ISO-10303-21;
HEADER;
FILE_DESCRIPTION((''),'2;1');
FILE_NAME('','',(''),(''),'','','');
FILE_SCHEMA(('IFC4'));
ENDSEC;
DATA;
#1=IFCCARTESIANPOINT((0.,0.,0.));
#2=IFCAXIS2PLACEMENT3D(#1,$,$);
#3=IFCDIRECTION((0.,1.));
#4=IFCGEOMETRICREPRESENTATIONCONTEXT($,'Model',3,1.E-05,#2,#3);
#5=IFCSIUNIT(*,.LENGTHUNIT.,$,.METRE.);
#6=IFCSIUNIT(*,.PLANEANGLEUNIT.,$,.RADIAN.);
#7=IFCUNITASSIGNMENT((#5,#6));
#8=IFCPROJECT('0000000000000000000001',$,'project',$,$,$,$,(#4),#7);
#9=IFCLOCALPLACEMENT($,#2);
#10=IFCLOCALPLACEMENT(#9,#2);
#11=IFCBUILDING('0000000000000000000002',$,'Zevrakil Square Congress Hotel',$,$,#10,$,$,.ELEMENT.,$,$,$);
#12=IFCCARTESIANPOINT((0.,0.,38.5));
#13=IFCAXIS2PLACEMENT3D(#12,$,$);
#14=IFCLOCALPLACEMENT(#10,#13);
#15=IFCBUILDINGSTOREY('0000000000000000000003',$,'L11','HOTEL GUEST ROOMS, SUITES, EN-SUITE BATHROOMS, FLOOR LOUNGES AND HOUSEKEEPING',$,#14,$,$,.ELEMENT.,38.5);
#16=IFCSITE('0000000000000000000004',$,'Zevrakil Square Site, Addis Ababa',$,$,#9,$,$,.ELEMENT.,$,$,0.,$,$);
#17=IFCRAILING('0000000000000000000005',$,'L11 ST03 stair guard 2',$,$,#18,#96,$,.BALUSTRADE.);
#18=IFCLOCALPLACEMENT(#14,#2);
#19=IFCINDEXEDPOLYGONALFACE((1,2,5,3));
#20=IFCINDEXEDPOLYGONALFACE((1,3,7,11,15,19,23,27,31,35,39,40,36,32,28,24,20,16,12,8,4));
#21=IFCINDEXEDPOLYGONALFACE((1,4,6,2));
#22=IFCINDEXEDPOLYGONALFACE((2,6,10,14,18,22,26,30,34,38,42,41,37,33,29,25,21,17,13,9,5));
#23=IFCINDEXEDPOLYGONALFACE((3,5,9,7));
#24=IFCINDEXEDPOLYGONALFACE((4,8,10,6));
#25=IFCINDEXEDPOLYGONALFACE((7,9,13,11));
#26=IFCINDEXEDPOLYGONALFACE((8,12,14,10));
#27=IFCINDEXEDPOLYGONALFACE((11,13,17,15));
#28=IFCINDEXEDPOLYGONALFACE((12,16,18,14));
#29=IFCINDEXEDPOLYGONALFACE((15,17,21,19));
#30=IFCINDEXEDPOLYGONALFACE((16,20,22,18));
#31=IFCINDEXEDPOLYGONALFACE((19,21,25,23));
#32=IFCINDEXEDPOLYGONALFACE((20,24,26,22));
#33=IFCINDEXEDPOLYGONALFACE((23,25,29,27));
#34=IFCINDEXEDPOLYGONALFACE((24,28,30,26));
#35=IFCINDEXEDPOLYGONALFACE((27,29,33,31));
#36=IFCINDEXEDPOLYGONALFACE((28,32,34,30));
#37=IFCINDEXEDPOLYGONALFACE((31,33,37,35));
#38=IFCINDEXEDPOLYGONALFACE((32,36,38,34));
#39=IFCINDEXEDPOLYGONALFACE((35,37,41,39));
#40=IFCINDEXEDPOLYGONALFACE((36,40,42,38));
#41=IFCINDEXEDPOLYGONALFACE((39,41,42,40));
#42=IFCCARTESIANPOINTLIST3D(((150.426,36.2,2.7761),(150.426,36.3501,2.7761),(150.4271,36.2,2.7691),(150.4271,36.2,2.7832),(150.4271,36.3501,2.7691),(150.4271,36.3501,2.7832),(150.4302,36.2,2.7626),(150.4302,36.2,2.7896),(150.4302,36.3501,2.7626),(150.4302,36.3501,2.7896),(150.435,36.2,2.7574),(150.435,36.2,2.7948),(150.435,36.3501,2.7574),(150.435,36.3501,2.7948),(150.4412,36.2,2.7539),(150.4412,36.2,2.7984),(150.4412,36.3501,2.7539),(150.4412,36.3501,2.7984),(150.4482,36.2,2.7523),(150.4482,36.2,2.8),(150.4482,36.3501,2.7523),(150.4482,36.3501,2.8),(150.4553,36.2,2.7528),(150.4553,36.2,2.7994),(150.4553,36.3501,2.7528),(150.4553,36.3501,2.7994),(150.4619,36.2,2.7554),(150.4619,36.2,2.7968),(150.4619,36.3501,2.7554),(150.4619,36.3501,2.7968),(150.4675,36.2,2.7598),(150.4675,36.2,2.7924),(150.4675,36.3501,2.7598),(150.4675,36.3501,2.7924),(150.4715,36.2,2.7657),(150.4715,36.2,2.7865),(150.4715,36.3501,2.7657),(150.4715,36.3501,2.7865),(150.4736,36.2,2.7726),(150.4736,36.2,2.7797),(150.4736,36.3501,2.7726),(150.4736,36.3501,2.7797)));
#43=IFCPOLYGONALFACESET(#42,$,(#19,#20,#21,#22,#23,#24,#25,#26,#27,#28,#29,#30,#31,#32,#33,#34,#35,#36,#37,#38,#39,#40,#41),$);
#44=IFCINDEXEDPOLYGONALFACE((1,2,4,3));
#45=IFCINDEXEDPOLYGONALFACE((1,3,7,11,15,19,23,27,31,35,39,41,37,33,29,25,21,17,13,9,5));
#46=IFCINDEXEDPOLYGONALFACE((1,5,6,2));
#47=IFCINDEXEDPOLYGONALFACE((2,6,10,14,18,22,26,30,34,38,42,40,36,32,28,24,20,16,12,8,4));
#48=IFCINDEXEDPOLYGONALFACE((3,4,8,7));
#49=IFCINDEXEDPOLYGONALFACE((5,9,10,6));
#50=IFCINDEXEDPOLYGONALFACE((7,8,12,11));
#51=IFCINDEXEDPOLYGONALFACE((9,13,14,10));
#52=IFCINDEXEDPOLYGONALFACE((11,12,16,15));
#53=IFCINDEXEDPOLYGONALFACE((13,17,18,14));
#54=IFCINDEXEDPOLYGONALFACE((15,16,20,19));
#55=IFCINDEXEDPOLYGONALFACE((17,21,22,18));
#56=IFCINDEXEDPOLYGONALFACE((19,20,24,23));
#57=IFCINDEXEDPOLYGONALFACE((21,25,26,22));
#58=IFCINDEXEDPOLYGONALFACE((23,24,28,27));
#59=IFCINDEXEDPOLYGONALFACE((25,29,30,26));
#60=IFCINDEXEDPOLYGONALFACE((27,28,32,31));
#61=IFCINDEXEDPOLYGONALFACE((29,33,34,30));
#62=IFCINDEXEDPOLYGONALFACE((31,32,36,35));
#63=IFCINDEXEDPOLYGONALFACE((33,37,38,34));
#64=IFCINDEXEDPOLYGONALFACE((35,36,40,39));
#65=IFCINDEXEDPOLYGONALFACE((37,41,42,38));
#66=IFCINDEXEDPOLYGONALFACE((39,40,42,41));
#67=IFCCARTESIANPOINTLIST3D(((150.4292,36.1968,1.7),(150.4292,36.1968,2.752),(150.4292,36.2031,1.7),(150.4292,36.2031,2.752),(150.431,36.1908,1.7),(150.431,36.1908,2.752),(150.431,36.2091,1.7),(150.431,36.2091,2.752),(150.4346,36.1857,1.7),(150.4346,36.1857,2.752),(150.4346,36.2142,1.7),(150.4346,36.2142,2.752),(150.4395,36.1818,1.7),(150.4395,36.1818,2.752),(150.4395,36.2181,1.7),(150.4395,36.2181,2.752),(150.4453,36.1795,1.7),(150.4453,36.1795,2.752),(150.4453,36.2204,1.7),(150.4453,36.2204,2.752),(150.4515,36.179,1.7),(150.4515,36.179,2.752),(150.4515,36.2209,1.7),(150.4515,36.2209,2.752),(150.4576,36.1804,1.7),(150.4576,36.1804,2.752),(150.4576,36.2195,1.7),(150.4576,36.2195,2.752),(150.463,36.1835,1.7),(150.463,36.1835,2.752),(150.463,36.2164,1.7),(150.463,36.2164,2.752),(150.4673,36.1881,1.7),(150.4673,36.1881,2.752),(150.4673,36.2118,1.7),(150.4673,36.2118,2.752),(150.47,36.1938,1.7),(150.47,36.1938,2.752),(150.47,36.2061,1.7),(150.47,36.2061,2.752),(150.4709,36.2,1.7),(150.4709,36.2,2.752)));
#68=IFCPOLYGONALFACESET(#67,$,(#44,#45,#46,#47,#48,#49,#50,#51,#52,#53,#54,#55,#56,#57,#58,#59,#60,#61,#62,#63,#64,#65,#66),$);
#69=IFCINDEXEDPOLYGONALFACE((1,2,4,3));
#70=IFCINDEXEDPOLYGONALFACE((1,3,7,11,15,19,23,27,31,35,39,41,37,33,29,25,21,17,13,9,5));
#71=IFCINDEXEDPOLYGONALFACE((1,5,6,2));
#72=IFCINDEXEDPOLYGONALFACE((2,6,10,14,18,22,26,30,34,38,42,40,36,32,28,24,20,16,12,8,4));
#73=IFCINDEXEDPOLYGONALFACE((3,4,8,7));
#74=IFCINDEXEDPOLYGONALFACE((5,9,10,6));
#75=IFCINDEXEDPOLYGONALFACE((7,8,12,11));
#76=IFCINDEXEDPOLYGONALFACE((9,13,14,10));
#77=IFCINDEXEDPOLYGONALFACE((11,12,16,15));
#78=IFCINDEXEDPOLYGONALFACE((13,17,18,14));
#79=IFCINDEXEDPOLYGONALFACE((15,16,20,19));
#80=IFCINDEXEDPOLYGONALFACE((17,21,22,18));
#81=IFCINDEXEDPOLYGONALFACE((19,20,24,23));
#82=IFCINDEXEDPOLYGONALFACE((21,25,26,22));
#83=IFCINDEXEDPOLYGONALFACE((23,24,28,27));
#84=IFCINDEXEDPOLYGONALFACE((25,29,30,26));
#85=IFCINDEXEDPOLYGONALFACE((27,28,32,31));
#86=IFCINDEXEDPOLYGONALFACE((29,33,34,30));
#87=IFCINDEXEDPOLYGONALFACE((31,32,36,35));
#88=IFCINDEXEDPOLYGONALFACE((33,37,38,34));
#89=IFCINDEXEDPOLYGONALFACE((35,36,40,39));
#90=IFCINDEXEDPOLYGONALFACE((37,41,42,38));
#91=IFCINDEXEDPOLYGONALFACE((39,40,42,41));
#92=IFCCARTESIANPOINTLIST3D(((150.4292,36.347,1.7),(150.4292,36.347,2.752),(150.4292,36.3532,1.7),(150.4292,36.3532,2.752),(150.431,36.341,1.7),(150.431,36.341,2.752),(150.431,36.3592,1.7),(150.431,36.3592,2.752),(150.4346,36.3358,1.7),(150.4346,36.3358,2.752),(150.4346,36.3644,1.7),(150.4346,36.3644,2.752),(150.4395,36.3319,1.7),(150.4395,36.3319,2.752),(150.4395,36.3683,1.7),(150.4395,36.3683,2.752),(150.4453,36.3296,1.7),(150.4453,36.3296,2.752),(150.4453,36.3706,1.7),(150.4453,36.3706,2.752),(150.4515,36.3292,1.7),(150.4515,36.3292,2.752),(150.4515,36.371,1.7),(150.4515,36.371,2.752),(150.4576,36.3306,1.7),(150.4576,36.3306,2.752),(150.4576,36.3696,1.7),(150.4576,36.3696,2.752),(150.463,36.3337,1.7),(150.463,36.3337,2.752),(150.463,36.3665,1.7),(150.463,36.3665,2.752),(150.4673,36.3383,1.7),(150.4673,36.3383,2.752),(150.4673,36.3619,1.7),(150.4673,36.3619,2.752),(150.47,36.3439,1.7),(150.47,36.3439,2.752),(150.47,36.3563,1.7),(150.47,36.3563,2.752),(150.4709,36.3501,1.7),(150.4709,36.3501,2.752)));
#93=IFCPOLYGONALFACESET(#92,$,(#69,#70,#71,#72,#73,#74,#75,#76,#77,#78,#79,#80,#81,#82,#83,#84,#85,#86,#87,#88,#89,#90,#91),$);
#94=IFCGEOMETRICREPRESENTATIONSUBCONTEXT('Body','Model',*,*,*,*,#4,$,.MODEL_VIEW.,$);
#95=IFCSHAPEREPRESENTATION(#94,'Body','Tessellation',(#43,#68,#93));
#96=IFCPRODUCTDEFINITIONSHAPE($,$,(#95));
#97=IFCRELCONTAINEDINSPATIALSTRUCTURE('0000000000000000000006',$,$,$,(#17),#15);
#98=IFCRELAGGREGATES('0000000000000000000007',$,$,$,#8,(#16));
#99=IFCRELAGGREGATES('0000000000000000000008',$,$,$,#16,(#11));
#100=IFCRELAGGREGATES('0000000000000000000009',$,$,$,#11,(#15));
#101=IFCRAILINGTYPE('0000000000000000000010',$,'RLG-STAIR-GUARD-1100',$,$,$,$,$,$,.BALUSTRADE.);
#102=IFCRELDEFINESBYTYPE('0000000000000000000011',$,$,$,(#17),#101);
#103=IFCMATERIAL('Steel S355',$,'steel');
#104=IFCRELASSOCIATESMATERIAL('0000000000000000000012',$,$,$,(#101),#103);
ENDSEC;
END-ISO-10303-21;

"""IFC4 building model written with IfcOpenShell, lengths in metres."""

from ifc_helpers import new_model, si_unit, direction, frame, origin, origin_2d, place, context, subcontext, project, spatial, circle, extrude, material, type_object, element, save


model = new_model("IFC4")

# Units and contexts
model_context = context("Model", 3, precision=1e-05, world=origin(), true_north=direction((0.0, 1.0)))
body_context = subcontext(model_context, "Body", "Model", "MODEL_VIEW")
ifc_project = project(units=[si_unit("LENGTHUNIT", "METRE"), si_unit("PLANEANGLEUNIT", "RADIAN")], contexts=[model_context])

# Site, building, storey
site_placement = place(None, origin())
site = spatial("IfcSite", under=ifc_project, at=site_placement, Name="Zevrakil Square Site, Addis Ababa", CompositionType="ELEMENT", RefElevation=0.0)
building_placement = place(site_placement, origin())
building = spatial("IfcBuilding", under=site, at=building_placement, Name="Zevrakil Square Congress Hotel", CompositionType="ELEMENT")
storey_placement = place(building_placement, frame((0.0, 0.0, 38.5)))
storey = spatial("IfcBuildingStorey", under=building, at=storey_placement, Name="L11", Description="HOTEL GUEST ROOMS, SUITES, EN-SUITE BATHROOMS, FLOOR LOUNGES AND HOUSEKEEPING", CompositionType="ELEMENT", Elevation=38.5)

# Railing
ifc_material_1 = material(Name="Steel S355", Category="steel")
railing_type_1 = type_object("IfcRailingType", Name="RLG-STAIR-GUARD-1100", PredefinedType="BALUSTRADE", material=ifc_material_1)
railing_1_placement = place(storey_placement, frame((150.45, 36.2, 1.7)))
element("IfcRailing", 1, at=railing_1_placement, inside=storey, type_object=railing_type_1, Name="L11 ST03 stair guard 2", PredefinedType="BALUSTRADE", context=body_context, shape_type="SweptSolid", body=[
    extrude(circle(Radius=0.0239, at=origin_2d()), frame((0.0, 0.0, 1.0762), z_axis=(0.0, 1.0, 0.0), x_axis=(-1.0, 0.0, 0.0)), (0.0, 0.0, 1.0), 0.1501),
    extrude(circle(Radius=0.021, at=origin_2d()), origin(), (0.0, 0.0, 1.0), 1.052),
    extrude(circle(Radius=0.021, at=origin_2d()), frame((0.0, 0.1501, 0.0)), (0.0, 0.0, 1.0), 1.052),
])

save(model, "model.ifc")
